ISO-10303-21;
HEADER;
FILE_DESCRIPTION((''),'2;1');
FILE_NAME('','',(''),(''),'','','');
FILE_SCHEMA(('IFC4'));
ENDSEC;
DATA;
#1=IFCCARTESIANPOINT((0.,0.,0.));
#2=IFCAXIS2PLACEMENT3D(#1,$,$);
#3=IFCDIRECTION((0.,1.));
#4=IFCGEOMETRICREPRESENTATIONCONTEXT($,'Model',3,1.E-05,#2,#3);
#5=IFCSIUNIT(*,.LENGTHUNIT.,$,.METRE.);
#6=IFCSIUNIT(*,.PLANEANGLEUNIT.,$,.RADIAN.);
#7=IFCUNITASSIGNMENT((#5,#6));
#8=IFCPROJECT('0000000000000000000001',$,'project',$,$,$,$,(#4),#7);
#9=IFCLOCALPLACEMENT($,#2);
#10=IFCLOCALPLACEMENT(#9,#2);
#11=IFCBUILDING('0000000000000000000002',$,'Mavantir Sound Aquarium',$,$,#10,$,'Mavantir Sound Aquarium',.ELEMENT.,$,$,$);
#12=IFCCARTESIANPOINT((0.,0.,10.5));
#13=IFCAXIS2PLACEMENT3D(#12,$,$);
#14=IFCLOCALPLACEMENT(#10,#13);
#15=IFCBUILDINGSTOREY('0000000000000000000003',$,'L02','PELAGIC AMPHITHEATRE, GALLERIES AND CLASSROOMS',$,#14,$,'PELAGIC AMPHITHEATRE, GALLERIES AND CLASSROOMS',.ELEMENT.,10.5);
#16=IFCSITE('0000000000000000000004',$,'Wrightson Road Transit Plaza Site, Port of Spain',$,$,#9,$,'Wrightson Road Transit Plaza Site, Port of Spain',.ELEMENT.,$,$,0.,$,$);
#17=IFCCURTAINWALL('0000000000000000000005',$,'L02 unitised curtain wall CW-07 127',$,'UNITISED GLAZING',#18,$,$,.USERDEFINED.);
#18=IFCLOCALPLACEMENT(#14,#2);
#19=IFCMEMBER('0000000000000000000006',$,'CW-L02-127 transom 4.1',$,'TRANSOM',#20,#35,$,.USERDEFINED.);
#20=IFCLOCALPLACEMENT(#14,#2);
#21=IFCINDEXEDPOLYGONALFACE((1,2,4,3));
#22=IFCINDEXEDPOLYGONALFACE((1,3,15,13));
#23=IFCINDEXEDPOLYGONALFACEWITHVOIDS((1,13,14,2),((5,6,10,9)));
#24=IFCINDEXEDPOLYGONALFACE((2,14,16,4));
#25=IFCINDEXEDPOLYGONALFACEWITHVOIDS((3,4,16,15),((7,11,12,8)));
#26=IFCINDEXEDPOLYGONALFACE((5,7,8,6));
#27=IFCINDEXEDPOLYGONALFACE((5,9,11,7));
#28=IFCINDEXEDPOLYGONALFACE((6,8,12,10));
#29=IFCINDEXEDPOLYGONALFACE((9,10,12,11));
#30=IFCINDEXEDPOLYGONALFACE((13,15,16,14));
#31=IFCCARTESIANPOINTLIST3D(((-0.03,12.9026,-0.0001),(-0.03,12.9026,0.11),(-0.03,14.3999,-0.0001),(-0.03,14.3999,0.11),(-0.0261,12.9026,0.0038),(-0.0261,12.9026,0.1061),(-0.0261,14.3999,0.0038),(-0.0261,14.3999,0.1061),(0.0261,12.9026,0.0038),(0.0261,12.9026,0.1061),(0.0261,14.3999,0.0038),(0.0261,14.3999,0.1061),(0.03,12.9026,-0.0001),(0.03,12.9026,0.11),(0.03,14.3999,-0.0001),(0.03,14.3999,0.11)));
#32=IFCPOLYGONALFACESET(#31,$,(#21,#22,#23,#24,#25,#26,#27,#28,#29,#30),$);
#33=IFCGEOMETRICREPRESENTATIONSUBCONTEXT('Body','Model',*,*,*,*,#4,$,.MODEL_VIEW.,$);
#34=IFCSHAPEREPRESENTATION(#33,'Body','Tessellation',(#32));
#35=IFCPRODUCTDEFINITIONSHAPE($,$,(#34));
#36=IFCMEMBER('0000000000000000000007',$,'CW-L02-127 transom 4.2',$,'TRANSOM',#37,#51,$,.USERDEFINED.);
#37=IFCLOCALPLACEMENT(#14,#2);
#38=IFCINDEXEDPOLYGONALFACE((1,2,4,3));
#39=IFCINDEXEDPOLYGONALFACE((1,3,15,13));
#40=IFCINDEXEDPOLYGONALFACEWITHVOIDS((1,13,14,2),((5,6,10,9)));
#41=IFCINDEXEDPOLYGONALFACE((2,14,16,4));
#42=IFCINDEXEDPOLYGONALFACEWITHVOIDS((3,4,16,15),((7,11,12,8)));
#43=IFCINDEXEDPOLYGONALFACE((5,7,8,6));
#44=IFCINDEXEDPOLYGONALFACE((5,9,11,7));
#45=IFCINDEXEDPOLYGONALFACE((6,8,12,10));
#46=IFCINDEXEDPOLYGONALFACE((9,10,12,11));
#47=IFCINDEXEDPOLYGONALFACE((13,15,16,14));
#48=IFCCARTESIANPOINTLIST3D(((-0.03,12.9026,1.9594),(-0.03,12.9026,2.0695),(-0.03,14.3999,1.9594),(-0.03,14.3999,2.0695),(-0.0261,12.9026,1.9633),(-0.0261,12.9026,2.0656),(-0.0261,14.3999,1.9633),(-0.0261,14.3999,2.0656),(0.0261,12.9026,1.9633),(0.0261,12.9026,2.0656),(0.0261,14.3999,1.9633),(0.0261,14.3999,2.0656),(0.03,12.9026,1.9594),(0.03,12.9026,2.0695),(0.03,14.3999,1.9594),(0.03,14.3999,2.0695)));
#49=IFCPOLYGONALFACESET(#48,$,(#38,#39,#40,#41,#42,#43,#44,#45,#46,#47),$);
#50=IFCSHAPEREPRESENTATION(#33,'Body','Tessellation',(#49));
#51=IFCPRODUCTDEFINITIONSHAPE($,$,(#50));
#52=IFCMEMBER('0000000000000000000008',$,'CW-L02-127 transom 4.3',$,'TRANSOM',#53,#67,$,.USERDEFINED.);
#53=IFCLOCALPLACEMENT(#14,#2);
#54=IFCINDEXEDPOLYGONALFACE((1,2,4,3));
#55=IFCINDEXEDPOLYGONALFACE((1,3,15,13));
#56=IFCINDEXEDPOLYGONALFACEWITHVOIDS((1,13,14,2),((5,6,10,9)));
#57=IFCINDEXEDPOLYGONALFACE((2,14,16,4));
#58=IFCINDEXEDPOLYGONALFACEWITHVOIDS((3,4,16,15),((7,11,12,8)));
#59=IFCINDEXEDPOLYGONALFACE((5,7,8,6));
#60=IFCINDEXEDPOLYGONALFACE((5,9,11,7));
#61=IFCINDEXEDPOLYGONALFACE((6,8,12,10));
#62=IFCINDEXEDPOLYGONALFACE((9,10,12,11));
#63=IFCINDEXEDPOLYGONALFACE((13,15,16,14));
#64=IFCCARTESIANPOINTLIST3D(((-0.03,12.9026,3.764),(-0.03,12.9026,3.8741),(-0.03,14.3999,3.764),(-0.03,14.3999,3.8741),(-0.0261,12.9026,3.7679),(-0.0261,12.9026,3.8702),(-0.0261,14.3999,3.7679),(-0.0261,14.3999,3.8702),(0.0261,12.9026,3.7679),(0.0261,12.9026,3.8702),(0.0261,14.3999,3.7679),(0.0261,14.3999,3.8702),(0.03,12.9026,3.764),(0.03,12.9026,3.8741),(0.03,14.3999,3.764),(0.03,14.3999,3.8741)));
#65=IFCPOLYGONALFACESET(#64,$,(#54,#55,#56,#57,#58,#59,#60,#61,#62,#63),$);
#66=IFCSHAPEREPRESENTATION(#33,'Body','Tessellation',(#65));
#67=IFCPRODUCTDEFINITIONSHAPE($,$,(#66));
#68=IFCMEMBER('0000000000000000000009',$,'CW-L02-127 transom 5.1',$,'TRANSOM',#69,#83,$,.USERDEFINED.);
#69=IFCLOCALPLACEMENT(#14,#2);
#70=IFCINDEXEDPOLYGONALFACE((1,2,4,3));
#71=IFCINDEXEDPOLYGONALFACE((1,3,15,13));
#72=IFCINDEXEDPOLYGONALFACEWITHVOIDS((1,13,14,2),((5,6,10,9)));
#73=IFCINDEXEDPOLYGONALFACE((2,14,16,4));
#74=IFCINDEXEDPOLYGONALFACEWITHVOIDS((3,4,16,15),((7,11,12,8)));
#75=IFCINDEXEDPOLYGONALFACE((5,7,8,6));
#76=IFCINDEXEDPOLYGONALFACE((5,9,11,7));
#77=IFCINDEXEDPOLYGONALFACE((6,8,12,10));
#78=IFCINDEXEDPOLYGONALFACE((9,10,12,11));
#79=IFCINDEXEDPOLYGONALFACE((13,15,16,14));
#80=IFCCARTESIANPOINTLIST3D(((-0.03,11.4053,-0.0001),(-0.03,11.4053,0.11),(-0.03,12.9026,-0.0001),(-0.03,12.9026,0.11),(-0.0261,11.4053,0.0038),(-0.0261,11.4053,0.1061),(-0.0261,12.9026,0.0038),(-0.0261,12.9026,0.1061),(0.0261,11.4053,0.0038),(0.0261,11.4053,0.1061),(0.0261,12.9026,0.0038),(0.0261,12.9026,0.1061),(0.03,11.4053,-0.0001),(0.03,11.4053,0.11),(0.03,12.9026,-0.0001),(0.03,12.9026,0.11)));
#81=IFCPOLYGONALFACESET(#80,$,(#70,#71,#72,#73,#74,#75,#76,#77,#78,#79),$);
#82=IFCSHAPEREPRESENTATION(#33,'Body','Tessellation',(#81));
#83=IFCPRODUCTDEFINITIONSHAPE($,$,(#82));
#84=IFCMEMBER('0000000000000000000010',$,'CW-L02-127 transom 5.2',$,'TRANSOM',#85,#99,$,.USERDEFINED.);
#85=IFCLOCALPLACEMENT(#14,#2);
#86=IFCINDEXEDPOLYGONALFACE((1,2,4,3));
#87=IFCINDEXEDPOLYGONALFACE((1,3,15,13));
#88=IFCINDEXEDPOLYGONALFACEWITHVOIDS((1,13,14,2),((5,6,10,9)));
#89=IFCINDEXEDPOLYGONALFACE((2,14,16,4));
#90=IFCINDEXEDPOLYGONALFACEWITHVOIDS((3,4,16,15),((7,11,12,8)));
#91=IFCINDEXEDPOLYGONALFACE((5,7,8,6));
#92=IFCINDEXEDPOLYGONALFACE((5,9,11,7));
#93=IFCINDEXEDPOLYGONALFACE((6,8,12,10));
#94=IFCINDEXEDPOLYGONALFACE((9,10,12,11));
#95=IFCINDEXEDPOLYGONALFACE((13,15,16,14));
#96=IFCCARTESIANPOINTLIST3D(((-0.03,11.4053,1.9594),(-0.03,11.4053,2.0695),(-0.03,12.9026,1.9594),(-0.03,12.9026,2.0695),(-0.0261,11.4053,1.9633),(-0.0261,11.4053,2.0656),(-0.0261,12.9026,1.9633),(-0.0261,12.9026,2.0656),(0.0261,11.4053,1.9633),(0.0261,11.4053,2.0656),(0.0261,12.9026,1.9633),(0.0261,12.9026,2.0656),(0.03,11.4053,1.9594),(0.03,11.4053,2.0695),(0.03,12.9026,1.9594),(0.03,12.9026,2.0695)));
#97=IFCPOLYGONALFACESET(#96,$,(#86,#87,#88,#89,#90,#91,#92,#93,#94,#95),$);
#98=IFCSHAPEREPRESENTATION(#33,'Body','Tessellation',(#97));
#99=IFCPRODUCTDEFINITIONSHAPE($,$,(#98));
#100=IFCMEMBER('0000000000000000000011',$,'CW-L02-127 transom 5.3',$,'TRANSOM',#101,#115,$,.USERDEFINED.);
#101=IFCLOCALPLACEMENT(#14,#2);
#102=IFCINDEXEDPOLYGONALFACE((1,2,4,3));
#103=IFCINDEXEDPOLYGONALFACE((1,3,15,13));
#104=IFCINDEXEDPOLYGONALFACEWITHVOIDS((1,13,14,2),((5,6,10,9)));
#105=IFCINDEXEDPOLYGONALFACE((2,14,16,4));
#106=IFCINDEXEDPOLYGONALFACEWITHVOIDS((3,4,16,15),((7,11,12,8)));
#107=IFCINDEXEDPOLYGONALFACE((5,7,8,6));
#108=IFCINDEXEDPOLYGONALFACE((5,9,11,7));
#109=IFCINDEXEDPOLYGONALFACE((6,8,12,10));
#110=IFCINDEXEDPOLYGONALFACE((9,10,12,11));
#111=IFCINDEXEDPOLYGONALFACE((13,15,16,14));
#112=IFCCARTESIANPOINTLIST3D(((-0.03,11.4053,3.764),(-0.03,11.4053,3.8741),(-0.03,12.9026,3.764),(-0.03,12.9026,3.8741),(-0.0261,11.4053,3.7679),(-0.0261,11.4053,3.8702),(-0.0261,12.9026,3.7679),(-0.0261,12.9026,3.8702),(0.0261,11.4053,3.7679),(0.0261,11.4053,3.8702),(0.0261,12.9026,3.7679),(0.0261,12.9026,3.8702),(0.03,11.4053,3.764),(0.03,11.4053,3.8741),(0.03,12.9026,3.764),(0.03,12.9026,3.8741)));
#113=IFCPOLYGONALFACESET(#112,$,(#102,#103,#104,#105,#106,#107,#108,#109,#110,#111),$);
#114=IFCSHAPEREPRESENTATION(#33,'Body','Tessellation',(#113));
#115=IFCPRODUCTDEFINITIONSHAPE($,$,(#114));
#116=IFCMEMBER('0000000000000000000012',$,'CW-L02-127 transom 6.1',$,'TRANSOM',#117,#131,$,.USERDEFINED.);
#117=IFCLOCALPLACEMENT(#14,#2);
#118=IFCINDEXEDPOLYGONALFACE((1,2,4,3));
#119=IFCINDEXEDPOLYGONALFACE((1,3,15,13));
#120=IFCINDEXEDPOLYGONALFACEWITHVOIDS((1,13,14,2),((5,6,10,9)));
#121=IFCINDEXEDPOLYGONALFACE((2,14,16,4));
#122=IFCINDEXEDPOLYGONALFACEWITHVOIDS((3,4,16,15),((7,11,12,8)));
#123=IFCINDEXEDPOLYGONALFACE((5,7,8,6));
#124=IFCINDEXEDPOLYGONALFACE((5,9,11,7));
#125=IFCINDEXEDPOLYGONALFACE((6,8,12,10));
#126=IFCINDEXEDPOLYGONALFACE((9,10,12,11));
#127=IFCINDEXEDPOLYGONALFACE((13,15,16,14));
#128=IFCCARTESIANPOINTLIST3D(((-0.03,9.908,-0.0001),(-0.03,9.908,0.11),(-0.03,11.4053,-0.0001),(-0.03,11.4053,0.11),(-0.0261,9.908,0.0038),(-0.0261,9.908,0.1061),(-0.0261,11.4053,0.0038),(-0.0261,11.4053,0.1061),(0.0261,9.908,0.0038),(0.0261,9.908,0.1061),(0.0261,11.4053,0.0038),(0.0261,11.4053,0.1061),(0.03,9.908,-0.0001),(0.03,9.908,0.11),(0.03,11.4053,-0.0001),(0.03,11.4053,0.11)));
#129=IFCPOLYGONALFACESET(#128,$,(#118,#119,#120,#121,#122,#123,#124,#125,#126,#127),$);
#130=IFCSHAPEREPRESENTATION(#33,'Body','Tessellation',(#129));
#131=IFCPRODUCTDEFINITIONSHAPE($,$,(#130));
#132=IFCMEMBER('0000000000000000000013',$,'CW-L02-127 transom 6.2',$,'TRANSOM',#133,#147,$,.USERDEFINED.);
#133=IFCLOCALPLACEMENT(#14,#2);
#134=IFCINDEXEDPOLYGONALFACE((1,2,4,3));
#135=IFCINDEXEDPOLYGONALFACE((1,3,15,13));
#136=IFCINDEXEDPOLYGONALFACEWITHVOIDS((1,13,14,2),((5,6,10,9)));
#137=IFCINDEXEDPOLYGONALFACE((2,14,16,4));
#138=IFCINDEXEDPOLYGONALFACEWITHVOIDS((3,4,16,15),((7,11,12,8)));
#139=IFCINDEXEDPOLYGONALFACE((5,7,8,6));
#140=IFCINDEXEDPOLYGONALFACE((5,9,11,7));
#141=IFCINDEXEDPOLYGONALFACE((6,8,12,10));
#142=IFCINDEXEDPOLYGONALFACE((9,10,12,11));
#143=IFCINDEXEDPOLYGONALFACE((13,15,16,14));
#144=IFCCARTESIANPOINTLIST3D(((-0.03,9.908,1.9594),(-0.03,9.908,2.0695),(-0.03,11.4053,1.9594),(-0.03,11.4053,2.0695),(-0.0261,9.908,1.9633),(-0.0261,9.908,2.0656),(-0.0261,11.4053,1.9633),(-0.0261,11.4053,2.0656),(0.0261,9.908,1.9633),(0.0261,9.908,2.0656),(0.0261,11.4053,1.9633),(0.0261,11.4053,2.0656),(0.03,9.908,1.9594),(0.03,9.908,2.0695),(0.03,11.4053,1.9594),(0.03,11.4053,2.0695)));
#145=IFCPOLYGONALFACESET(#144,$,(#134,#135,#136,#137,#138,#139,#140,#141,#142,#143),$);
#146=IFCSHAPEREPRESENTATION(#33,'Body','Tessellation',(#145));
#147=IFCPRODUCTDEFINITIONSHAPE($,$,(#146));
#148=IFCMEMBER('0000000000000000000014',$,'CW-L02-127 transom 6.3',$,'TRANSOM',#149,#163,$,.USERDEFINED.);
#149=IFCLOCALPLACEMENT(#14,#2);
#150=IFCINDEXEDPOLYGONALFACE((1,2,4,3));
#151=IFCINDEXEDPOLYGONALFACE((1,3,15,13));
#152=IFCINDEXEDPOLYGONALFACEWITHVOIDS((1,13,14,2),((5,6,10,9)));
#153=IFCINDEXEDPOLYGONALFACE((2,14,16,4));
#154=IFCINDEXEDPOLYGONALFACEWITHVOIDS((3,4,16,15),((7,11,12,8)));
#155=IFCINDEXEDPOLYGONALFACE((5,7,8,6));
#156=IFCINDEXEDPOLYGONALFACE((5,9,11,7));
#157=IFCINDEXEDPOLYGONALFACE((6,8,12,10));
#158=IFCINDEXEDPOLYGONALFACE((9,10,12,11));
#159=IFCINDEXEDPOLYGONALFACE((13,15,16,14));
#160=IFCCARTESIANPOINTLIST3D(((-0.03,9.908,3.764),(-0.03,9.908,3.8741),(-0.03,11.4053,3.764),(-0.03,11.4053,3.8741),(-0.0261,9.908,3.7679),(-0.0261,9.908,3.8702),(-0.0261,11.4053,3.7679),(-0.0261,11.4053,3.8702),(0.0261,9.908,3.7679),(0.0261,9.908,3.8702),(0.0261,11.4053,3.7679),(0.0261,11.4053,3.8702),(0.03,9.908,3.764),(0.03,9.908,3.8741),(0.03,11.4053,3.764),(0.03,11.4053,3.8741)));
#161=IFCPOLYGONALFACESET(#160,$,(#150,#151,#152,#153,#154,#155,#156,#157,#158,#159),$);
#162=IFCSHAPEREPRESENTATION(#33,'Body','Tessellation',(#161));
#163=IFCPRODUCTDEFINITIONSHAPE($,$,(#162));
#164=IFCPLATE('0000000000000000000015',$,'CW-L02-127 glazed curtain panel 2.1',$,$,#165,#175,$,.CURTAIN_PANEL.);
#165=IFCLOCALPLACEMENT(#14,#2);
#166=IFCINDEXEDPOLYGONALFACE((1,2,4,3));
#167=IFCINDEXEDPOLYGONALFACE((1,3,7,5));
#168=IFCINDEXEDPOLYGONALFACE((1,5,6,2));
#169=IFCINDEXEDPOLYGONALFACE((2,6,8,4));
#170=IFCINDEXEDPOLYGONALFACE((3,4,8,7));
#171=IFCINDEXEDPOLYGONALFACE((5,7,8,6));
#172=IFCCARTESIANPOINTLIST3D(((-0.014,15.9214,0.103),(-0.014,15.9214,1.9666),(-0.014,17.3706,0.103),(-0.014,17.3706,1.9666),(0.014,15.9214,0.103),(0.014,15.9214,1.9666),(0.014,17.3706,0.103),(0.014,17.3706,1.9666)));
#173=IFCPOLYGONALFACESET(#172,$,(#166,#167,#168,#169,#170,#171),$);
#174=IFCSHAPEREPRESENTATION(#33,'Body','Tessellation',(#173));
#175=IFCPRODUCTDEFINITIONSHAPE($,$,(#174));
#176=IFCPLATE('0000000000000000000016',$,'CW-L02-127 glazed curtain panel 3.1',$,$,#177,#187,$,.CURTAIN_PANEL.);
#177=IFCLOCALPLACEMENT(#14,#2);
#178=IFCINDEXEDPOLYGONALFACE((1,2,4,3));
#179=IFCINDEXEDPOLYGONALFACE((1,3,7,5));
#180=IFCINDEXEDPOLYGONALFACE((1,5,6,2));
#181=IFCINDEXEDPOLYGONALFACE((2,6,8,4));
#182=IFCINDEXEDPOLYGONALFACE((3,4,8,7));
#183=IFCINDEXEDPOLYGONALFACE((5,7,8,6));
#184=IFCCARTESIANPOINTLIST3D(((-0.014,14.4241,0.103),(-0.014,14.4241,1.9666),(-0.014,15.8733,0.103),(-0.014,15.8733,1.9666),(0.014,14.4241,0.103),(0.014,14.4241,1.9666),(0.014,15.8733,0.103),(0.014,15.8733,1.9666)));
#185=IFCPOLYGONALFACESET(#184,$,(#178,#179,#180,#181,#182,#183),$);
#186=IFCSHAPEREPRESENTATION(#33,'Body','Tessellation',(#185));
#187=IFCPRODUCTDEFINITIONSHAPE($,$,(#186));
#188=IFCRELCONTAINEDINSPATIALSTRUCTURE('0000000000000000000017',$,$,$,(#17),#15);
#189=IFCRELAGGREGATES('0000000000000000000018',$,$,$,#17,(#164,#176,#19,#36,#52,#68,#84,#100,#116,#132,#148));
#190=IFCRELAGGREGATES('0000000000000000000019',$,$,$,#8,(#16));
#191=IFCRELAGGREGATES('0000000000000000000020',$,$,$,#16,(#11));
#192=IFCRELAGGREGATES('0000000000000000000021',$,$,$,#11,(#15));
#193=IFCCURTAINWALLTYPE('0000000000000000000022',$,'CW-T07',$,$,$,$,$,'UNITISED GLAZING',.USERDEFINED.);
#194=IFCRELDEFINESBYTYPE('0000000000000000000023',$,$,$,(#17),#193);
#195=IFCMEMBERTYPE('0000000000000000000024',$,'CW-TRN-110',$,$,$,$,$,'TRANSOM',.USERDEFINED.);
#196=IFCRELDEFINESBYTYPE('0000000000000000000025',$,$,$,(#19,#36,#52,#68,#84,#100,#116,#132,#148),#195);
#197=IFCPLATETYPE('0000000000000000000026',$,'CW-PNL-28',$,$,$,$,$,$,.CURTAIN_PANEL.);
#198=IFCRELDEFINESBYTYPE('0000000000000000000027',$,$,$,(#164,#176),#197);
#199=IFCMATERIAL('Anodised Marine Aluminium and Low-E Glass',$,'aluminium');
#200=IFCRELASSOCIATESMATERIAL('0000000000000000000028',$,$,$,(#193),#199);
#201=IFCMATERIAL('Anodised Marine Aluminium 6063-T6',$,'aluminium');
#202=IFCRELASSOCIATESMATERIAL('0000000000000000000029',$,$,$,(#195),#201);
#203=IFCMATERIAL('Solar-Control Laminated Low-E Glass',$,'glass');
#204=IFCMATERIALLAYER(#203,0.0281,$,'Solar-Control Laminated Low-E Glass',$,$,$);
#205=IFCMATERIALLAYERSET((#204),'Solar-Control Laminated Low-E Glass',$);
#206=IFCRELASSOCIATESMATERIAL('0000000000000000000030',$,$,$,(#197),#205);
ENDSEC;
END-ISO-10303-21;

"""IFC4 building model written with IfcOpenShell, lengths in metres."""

from ifc_helpers import new_model, si_unit, direction, frame, origin, origin_2d, place, context, subcontext, project, spatial, rectangle, hollow_rectangle, extrude, material, layer, layer_set, material_profile, profile_set, type_object, element, aggregate, save


model = new_model("IFC4")

# Units and contexts
model_context = context("Model", 3, precision=1e-05, world=origin(), true_north=direction((0.0, 1.0)))
body_context = subcontext(model_context, "Body", "Model", "MODEL_VIEW")
ifc_project = project(units=[si_unit("LENGTHUNIT", "METRE"), si_unit("PLANEANGLEUNIT", "RADIAN")], contexts=[model_context])

# Site, building, storey
site_placement = place(None, origin())
site = spatial("IfcSite", under=ifc_project, at=site_placement, Name="Wrightson Road Transit Plaza Site, Port of Spain", LongName="Wrightson Road Transit Plaza Site, Port of Spain", CompositionType="ELEMENT", RefElevation=0.0)
building_placement = place(site_placement, origin())
building = spatial("IfcBuilding", under=site, at=building_placement, Name="Mavantir Sound Aquarium", LongName="Mavantir Sound Aquarium", CompositionType="ELEMENT")
storey_placement = place(building_placement, frame((0.0, 0.0, 10.5)))
storey = spatial("IfcBuildingStorey", under=building, at=storey_placement, Name="L02", Description="PELAGIC AMPHITHEATRE, GALLERIES AND CLASSROOMS", LongName="PELAGIC AMPHITHEATRE, GALLERIES AND CLASSROOMS", CompositionType="ELEMENT", Elevation=10.5)

# Curtain wall, members, plates
ifc_material_1 = material(Name="Anodised Marine Aluminium and Low-E Glass", Category="aluminium")
curtain_wall_type = type_object("IfcCurtainWallType", Name="CW-T07", ElementType="UNITISED GLAZING", PredefinedType="USERDEFINED", material=ifc_material_1)
curtain_wall_placement = place(storey_placement, origin())
curtain_wall = element("IfcCurtainWall", 1, at=curtain_wall_placement, inside=storey, type_object=curtain_wall_type, Name="L02 unitised curtain wall CW-07 127", ObjectType="UNITISED GLAZING", PredefinedType="USERDEFINED")
ifc_material_2 = material(Name="Anodised Marine Aluminium 6063-T6", Category="aluminium")
ifc_material_profile_1 = material_profile(ifc_material_2, hollow_rectangle(XDim=0.0601, YDim=0.1101, WallThickness=0.0039, at=origin_2d()), Name="ALU-TRANSOM-110X60")
ifc_profile_set_1 = profile_set([ifc_material_profile_1], Name="Anodised Marine Aluminium 6063-T6")
member_type_1 = type_object("IfcMemberType", Name="CW-TRN-110", ElementType="TRANSOM", PredefinedType="USERDEFINED", material=ifc_profile_set_1)
member_1_placement = place(storey_placement, frame((0.0, 14.3999, 0.0549), z_axis=(0.0, -1.0, 0.0), x_axis=(1.0, 0.0, 0.0)))
member_1 = element("IfcMember", 2, at=member_1_placement, type_object=member_type_1, Name="CW-L02-127 transom 4.1", ObjectType="TRANSOM", PredefinedType="USERDEFINED", context=body_context, shape_type="SweptSolid", body=[
    extrude(hollow_rectangle(XDim=0.0601, YDim=0.1101, WallThickness=0.0039, at=origin_2d()), origin(), (0.0, 0.0, 1.0), 1.4973),
])
member_2_placement = place(storey_placement, frame((0.0, 14.3999, 2.0144), z_axis=(0.0, -1.0, 0.0), x_axis=(1.0, 0.0, 0.0)))
member_2 = element("IfcMember", 3, at=member_2_placement, type_object=member_type_1, Name="CW-L02-127 transom 4.2", ObjectType="TRANSOM", PredefinedType="USERDEFINED", context=body_context, shape_type="SweptSolid", body=[
    extrude(hollow_rectangle(XDim=0.0601, YDim=0.1101, WallThickness=0.0039, at=origin_2d()), origin(), (0.0, 0.0, 1.0), 1.4973),
])
member_3_placement = place(storey_placement, frame((0.0, 14.3999, 3.8191), z_axis=(0.0, -1.0, 0.0), x_axis=(1.0, 0.0, 0.0)))
member_3 = element("IfcMember", 4, at=member_3_placement, type_object=member_type_1, Name="CW-L02-127 transom 4.3", ObjectType="TRANSOM", PredefinedType="USERDEFINED", context=body_context, shape_type="SweptSolid", body=[
    extrude(hollow_rectangle(XDim=0.0601, YDim=0.1101, WallThickness=0.0039, at=origin_2d()), origin(), (0.0, 0.0, 1.0), 1.4973),
])
member_4_placement = place(storey_placement, frame((0.0, 12.9026, 0.0549), z_axis=(0.0, -1.0, 0.0), x_axis=(1.0, 0.0, 0.0)))
member_4 = element("IfcMember", 5, at=member_4_placement, type_object=member_type_1, Name="CW-L02-127 transom 5.1", ObjectType="TRANSOM", PredefinedType="USERDEFINED", context=body_context, shape_type="SweptSolid", body=[
    extrude(hollow_rectangle(XDim=0.0601, YDim=0.1101, WallThickness=0.0039, at=origin_2d()), origin(), (0.0, 0.0, 1.0), 1.4973),
])
member_5_placement = place(storey_placement, frame((0.0, 12.9026, 2.0144), z_axis=(0.0, -1.0, 0.0), x_axis=(1.0, 0.0, 0.0)))
member_5 = element("IfcMember", 6, at=member_5_placement, type_object=member_type_1, Name="CW-L02-127 transom 5.2", ObjectType="TRANSOM", PredefinedType="USERDEFINED", context=body_context, shape_type="SweptSolid", body=[
    extrude(hollow_rectangle(XDim=0.0601, YDim=0.1101, WallThickness=0.0039, at=origin_2d()), origin(), (0.0, 0.0, 1.0), 1.4973),
])
member_6_placement = place(storey_placement, frame((0.0, 12.9026, 3.8191), z_axis=(0.0, -1.0, 0.0), x_axis=(1.0, 0.0, 0.0)))
member_6 = element("IfcMember", 7, at=member_6_placement, type_object=member_type_1, Name="CW-L02-127 transom 5.3", ObjectType="TRANSOM", PredefinedType="USERDEFINED", context=body_context, shape_type="SweptSolid", body=[
    extrude(hollow_rectangle(XDim=0.0601, YDim=0.1101, WallThickness=0.0039, at=origin_2d()), origin(), (0.0, 0.0, 1.0), 1.4973),
])
member_7_placement = place(storey_placement, frame((0.0, 11.4053, 0.0549), z_axis=(0.0, -1.0, 0.0), x_axis=(1.0, 0.0, 0.0)))
member_7 = element("IfcMember", 8, at=member_7_placement, type_object=member_type_1, Name="CW-L02-127 transom 6.1", ObjectType="TRANSOM", PredefinedType="USERDEFINED", context=body_context, shape_type="SweptSolid", body=[
    extrude(hollow_rectangle(XDim=0.0601, YDim=0.1101, WallThickness=0.0039, at=origin_2d()), origin(), (0.0, 0.0, 1.0), 1.4973),
])
member_8_placement = place(storey_placement, frame((0.0, 11.4053, 2.0144), z_axis=(0.0, -1.0, 0.0), x_axis=(1.0, 0.0, 0.0)))
member_8 = element("IfcMember", 9, at=member_8_placement, type_object=member_type_1, Name="CW-L02-127 transom 6.2", ObjectType="TRANSOM", PredefinedType="USERDEFINED", context=body_context, shape_type="SweptSolid", body=[
    extrude(hollow_rectangle(XDim=0.0601, YDim=0.1101, WallThickness=0.0039, at=origin_2d()), origin(), (0.0, 0.0, 1.0), 1.4973),
])
member_9_placement = place(storey_placement, frame((0.0, 11.4053, 3.8191), z_axis=(0.0, -1.0, 0.0), x_axis=(1.0, 0.0, 0.0)))
member_9 = element("IfcMember", 10, at=member_9_placement, type_object=member_type_1, Name="CW-L02-127 transom 6.3", ObjectType="TRANSOM", PredefinedType="USERDEFINED", context=body_context, shape_type="SweptSolid", body=[
    extrude(hollow_rectangle(XDim=0.0601, YDim=0.1101, WallThickness=0.0039, at=origin_2d()), origin(), (0.0, 0.0, 1.0), 1.4973),
])
ifc_material_3 = material(Name="Solar-Control Laminated Low-E Glass", Category="glass")
ifc_layer = layer(ifc_material_3, 0.0281, Name="Solar-Control Laminated Low-E Glass")
ifc_layer_set = layer_set([ifc_layer], Name="Solar-Control Laminated Low-E Glass")
plate_type = type_object("IfcPlateType", Name="CW-PNL-28", PredefinedType="CURTAIN_PANEL", material=ifc_layer_set)
plate_1_placement = place(storey_placement, frame((0.0, 16.646, 0.103), z_axis=(0.0, 0.0, 1.0), x_axis=(0.0, -1.0, 0.0)))
plate_1 = element("IfcPlate", 11, at=plate_1_placement, type_object=plate_type, Name="CW-L02-127 glazed curtain panel 2.1", PredefinedType="CURTAIN_PANEL", context=body_context, shape_type="SweptSolid", body=[
    extrude(rectangle(XDim=1.4492, YDim=0.0281, at=origin_2d()), origin(), (0.0, 0.0, 1.0), 1.8635),
])
plate_2_placement = place(storey_placement, frame((0.0, 15.1487, 0.103), z_axis=(0.0, 0.0, 1.0), x_axis=(0.0, -1.0, 0.0)))
plate_2 = element("IfcPlate", 12, at=plate_2_placement, type_object=plate_type, Name="CW-L02-127 glazed curtain panel 3.1", PredefinedType="CURTAIN_PANEL", context=body_context, shape_type="SweptSolid", body=[
    extrude(rectangle(XDim=1.4492, YDim=0.0281, at=origin_2d()), origin(), (0.0, 0.0, 1.0), 1.8635),
])
aggregate(curtain_wall, [plate_1, plate_2, member_1, member_2, member_3, member_4, member_5, member_6, member_7, member_8, member_9])

save(model, "model.ifc")
